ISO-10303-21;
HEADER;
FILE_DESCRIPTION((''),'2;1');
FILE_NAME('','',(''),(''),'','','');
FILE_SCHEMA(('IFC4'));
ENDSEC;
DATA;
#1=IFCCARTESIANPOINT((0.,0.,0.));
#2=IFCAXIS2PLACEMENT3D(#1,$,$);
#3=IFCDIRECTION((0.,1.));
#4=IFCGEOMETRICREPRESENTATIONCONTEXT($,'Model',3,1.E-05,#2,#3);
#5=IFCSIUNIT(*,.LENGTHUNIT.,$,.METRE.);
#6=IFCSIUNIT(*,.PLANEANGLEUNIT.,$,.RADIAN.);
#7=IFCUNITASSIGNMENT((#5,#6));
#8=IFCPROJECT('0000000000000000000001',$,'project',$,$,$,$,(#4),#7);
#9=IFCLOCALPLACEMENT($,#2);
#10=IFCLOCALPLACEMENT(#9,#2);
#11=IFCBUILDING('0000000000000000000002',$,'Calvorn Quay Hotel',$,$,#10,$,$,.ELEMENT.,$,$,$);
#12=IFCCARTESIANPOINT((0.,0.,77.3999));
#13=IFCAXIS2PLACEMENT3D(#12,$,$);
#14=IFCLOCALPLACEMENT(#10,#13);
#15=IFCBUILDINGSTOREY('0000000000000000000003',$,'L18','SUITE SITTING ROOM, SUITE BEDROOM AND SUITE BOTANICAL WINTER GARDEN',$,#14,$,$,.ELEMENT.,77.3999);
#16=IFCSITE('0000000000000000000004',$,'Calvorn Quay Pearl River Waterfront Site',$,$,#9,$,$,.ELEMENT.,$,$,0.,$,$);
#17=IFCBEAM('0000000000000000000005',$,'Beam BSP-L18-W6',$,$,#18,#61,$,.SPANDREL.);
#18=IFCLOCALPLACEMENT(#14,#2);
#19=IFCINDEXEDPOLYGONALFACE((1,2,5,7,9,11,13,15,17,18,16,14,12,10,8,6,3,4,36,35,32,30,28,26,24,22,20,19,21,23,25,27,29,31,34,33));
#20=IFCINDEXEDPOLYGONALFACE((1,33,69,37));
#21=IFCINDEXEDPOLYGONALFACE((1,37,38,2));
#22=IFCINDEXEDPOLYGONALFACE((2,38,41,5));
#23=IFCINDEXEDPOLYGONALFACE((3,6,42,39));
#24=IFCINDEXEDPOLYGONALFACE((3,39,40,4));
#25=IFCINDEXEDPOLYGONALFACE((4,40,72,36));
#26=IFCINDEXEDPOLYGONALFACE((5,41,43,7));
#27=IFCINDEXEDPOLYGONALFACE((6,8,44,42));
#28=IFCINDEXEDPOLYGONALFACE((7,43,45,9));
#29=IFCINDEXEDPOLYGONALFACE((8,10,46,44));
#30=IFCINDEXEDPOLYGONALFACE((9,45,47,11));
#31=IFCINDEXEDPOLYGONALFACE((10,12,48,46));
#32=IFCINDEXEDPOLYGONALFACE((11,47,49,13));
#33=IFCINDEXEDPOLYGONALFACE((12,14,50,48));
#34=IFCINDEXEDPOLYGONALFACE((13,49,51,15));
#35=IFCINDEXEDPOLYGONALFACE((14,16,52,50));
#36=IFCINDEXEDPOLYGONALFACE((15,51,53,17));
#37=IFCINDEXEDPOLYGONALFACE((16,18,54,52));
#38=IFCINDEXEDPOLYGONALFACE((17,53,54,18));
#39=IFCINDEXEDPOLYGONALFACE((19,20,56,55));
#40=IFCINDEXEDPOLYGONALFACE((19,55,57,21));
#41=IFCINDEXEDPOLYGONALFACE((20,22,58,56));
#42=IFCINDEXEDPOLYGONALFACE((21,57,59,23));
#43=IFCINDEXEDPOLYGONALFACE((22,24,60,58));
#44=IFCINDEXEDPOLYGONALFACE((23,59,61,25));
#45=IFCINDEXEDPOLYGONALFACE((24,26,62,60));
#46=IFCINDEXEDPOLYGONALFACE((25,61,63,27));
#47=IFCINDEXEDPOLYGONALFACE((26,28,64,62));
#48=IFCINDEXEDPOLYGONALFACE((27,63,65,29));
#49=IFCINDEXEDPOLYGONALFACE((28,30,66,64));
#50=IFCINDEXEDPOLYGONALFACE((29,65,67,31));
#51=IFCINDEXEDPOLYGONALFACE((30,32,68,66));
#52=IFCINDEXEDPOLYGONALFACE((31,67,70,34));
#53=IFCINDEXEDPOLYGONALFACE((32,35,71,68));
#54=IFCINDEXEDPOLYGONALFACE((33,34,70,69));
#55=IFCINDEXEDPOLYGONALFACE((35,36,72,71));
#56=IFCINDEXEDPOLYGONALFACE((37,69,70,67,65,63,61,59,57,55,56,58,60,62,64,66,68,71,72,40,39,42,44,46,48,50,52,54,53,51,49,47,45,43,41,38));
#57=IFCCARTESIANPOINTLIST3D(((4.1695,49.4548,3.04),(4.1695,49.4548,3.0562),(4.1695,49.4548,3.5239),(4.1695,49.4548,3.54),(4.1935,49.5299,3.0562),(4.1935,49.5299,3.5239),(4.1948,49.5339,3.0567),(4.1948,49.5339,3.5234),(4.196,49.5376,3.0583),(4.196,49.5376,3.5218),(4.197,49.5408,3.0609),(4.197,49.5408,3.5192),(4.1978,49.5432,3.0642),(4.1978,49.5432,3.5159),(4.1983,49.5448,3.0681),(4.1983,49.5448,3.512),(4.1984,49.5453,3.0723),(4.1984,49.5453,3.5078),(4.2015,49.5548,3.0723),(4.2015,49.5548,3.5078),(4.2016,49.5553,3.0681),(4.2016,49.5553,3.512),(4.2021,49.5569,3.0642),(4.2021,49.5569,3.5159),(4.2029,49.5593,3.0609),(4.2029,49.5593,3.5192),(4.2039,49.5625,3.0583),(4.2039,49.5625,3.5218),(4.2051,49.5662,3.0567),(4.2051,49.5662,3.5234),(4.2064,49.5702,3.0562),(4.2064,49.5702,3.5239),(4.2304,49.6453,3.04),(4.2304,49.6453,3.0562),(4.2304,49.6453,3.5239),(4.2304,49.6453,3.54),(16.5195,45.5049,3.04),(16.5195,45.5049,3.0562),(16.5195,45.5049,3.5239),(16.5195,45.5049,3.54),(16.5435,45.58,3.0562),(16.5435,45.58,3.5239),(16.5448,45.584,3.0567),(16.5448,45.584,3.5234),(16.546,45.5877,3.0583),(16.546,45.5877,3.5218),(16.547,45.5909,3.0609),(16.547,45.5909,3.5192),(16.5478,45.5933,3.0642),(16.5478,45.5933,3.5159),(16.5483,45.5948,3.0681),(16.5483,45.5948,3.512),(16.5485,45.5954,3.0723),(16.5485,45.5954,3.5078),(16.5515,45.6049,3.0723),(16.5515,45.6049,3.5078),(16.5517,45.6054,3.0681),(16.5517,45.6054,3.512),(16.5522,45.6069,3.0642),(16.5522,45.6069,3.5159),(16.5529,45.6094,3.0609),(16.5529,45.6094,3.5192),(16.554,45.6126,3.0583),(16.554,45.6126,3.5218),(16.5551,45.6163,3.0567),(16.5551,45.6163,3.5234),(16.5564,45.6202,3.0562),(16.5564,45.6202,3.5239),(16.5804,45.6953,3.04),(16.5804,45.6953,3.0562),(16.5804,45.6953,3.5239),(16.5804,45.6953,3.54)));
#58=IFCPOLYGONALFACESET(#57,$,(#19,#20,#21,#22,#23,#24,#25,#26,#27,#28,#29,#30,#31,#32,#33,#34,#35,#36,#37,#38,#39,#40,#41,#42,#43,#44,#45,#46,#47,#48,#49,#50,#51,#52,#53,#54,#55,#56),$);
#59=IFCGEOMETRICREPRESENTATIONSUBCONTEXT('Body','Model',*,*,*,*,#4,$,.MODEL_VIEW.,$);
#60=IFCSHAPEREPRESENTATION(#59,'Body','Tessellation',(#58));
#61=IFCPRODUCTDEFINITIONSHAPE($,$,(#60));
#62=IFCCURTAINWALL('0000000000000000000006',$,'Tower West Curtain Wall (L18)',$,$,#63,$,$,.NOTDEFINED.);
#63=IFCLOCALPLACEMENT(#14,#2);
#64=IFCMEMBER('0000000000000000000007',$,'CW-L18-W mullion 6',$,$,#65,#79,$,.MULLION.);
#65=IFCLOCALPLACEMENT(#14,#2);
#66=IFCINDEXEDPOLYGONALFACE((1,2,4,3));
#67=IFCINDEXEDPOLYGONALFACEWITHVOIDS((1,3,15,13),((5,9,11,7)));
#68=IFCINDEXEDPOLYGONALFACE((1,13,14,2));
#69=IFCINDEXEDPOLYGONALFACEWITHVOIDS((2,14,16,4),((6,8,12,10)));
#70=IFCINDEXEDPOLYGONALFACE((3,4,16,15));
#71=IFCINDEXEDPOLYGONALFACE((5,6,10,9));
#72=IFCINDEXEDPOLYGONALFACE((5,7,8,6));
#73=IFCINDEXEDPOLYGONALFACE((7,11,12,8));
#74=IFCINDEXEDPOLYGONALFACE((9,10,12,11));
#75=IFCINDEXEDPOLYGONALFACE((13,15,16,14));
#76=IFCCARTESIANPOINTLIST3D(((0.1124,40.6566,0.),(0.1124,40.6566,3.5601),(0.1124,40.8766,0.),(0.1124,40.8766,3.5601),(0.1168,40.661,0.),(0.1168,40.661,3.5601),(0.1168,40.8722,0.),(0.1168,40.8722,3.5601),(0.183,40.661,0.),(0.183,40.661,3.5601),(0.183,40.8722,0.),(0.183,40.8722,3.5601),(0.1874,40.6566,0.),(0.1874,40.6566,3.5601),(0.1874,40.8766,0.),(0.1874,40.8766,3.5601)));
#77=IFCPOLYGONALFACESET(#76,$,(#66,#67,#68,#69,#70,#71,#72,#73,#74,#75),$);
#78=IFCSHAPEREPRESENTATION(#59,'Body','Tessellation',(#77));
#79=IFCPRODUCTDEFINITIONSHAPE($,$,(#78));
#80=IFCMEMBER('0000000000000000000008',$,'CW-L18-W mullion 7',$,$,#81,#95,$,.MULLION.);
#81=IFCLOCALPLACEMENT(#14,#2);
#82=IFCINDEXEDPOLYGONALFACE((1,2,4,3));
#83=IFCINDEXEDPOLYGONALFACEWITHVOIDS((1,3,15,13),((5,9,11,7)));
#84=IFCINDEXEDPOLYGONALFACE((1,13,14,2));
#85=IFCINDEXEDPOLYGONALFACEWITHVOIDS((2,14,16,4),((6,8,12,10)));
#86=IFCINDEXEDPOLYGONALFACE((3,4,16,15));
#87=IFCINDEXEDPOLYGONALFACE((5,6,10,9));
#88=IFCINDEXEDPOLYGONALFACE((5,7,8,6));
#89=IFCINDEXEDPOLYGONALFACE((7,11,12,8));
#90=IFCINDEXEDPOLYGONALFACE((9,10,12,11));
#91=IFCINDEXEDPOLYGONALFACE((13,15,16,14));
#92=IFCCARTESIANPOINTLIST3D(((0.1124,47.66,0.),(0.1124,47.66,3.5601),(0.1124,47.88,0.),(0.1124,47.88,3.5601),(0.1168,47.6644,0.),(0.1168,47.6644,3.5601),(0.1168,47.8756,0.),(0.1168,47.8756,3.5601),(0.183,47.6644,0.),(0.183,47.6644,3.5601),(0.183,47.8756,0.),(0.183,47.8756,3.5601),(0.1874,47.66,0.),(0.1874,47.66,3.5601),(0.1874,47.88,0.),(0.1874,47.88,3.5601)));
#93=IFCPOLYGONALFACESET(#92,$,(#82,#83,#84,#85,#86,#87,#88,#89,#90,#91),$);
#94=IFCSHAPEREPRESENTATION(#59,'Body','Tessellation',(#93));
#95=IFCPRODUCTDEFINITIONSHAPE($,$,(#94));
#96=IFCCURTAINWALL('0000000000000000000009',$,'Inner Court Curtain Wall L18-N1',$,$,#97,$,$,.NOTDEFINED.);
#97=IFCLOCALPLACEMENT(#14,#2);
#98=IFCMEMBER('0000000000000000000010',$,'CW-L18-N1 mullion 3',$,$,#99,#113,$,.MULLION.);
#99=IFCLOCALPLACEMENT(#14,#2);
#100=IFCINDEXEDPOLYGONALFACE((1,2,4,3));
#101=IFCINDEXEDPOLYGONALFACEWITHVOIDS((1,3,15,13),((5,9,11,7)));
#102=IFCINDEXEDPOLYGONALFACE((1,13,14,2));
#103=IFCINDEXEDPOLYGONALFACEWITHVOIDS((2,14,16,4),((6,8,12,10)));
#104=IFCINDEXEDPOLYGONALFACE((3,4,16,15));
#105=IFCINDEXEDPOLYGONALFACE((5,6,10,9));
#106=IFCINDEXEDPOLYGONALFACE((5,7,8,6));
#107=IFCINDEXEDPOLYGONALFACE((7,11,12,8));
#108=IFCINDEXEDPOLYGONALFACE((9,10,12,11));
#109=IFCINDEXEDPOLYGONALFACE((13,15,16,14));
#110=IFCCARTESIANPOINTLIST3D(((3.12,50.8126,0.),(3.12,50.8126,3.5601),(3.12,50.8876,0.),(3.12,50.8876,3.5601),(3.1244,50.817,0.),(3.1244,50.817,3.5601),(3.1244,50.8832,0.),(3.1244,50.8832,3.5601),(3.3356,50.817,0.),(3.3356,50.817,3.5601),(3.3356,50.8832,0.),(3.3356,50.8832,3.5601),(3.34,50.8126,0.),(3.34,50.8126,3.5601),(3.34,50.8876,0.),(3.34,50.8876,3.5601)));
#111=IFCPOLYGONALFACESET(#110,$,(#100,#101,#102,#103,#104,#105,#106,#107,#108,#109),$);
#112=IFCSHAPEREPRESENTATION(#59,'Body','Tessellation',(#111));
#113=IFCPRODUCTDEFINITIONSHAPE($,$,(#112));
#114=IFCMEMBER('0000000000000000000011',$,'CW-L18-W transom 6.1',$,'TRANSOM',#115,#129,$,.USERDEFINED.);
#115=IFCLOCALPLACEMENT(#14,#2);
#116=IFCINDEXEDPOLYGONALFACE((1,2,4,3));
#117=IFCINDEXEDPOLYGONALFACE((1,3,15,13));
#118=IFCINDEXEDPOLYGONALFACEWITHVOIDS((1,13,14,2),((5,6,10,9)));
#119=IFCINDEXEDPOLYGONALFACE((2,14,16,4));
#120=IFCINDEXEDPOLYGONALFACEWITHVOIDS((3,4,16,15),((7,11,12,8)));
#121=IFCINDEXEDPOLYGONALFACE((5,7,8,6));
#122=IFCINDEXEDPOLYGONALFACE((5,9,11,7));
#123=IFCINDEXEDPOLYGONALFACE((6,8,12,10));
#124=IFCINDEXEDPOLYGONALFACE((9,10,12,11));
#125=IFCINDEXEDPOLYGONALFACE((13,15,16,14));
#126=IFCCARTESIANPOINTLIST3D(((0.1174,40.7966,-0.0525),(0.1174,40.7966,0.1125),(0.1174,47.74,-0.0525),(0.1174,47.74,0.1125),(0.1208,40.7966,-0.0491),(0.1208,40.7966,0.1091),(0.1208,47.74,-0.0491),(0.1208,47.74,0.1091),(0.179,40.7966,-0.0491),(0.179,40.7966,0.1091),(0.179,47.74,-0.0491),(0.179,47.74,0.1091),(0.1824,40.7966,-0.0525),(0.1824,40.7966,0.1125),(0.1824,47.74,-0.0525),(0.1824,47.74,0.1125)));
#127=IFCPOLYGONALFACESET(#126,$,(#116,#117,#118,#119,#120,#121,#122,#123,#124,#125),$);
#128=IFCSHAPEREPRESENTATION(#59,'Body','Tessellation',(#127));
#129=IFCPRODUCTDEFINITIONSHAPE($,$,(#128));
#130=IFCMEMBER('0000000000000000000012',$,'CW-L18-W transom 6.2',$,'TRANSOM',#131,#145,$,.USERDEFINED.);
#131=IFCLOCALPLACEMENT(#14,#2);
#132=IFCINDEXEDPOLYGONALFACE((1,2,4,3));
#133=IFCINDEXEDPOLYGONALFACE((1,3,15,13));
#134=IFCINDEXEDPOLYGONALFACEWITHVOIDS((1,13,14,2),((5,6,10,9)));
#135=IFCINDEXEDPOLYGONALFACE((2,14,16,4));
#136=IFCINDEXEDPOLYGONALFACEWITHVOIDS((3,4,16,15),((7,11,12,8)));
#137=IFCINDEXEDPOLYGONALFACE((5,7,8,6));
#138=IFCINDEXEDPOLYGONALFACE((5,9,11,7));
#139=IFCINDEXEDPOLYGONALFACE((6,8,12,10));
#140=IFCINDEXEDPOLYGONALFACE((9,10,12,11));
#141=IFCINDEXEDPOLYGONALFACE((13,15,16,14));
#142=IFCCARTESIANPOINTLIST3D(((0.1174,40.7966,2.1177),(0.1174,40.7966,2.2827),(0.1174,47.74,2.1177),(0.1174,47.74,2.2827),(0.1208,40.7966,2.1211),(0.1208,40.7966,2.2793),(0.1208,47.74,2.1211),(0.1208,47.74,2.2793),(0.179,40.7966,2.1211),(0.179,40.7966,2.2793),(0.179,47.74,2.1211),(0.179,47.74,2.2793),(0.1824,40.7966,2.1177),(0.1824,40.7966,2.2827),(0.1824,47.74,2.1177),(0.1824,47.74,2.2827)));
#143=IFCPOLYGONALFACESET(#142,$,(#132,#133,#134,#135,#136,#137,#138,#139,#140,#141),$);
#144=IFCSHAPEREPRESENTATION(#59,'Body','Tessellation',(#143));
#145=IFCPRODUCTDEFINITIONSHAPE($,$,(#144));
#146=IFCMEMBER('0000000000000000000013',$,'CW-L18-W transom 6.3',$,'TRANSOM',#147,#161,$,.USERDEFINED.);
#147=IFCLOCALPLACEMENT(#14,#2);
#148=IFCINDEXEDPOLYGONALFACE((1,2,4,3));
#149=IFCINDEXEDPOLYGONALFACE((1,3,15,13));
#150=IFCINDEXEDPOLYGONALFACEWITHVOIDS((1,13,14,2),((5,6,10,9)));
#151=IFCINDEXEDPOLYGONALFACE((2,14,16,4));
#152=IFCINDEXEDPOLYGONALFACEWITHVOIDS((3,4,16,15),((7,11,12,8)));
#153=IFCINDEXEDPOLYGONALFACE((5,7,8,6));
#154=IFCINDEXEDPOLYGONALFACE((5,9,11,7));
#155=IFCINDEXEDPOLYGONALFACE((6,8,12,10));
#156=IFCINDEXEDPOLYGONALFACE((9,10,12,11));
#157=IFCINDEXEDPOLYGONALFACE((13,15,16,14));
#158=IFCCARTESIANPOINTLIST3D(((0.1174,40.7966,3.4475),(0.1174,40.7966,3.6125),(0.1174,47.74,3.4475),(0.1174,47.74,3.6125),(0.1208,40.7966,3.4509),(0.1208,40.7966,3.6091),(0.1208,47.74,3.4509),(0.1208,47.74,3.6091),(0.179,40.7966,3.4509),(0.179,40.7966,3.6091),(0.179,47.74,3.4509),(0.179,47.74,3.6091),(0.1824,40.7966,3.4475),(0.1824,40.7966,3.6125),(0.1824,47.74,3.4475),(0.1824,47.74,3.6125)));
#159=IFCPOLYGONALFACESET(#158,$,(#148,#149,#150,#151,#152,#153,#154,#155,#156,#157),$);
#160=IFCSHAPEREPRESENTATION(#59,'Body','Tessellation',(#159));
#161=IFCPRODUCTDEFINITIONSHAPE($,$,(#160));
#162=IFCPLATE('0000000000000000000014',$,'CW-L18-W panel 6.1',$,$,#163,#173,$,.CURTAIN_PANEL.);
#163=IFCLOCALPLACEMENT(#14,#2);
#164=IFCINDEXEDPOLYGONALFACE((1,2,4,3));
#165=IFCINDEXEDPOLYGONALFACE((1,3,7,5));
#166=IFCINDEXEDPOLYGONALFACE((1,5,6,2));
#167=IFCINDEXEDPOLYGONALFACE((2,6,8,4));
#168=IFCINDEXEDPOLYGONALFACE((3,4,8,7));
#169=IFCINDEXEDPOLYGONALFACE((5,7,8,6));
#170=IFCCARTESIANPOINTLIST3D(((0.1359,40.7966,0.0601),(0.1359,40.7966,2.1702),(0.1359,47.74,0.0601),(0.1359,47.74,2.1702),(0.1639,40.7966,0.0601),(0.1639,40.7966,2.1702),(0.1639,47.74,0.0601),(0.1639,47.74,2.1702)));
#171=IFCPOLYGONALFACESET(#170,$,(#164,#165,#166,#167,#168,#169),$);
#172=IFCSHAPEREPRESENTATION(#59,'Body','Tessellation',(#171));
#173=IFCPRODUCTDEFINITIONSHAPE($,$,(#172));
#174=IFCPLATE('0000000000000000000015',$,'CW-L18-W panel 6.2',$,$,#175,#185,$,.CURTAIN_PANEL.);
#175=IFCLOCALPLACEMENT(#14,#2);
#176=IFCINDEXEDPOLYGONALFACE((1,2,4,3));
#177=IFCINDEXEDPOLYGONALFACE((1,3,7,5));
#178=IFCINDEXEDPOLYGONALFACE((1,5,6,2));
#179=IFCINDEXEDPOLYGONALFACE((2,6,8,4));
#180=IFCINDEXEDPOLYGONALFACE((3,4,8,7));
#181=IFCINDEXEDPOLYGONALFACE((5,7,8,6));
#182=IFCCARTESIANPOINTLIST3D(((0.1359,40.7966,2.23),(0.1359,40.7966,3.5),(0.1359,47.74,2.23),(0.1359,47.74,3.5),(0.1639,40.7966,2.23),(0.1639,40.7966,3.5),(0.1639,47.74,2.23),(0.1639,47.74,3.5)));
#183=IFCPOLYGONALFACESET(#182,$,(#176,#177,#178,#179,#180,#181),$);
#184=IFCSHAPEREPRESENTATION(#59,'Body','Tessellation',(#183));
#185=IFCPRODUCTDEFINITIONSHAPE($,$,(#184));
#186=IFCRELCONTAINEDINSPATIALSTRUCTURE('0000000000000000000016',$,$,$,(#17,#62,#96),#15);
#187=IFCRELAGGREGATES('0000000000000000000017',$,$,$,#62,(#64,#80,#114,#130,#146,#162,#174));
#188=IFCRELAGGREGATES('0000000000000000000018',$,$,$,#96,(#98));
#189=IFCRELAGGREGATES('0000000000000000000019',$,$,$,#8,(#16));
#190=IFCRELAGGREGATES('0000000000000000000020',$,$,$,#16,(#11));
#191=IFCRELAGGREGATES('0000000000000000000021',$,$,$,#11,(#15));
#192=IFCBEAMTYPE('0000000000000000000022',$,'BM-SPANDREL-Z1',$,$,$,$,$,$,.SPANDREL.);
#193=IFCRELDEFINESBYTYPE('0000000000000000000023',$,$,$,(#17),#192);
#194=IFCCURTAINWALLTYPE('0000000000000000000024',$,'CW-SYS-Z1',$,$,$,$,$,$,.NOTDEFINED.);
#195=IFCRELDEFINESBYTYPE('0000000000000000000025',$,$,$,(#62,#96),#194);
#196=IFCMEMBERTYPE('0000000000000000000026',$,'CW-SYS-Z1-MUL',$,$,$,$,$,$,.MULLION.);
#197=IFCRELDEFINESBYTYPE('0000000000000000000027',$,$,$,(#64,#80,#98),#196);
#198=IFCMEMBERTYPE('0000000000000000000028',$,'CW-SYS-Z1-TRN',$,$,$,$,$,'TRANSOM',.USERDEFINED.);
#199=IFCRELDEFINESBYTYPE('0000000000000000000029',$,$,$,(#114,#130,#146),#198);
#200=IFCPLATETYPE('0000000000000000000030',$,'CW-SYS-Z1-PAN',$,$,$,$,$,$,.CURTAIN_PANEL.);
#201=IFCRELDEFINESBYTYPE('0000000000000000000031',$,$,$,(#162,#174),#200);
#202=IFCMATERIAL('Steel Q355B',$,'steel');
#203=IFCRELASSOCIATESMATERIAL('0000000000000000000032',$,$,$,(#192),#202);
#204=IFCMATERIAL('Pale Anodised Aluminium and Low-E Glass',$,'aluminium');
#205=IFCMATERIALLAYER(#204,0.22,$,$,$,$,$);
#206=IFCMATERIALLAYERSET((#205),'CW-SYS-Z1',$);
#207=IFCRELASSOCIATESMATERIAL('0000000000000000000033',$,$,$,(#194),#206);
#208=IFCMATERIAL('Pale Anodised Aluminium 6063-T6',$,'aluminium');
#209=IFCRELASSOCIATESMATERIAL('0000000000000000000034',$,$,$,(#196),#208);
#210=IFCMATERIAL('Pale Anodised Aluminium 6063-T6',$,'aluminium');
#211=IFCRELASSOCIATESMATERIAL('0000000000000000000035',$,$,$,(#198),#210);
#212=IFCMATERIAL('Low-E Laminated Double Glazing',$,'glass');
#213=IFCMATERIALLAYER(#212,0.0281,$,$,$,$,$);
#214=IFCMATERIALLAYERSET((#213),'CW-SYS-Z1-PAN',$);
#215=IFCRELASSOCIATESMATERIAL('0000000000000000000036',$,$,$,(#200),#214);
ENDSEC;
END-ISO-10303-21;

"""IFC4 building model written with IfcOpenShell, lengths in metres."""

from ifc_helpers import new_model, si_unit, direction, frame, origin, origin_2d, place, context, subcontext, project, spatial, rectangle, hollow_rectangle, i_section, extrude, material, layer, layer_set, material_profile, profile_set, type_object, element, aggregate, save


model = new_model("IFC4")

# Units and contexts
model_context = context("Model", 3, precision=1e-05, world=origin(), true_north=direction((0.0, 1.0)))
body_context = subcontext(model_context, "Body", "Model", "MODEL_VIEW")
ifc_project = project(units=[si_unit("LENGTHUNIT", "METRE"), si_unit("PLANEANGLEUNIT", "RADIAN")], contexts=[model_context])

# Site, building, storey
site_placement = place(None, origin())
site = spatial("IfcSite", under=ifc_project, at=site_placement, Name="Calvorn Quay Pearl River Waterfront Site", CompositionType="ELEMENT", RefElevation=0.0)
building_placement = place(site_placement, origin())
building = spatial("IfcBuilding", under=site, at=building_placement, Name="Calvorn Quay Hotel", CompositionType="ELEMENT")
storey_placement = place(building_placement, frame((0.0, 0.0, 77.3999)))
storey = spatial("IfcBuildingStorey", under=building, at=storey_placement, Name="L18", Description="SUITE SITTING ROOM, SUITE BEDROOM AND SUITE BOTANICAL WINTER GARDEN", CompositionType="ELEMENT", Elevation=77.3999)

# Beam
ifc_material_1 = material(Name="Steel Q355B", Category="steel")
ifc_material_profile_1 = material_profile(ifc_material_1, i_section(OverallWidth=0.2, OverallDepth=0.5, WebThickness=0.01, FlangeThickness=0.0161, FilletRadius=0.0161, at=origin_2d()), Name="HN500x200x10x16")
ifc_profile_set_1 = profile_set([ifc_material_profile_1], Name="Steel Q355B")
beam_type_1 = type_object("IfcBeamType", Name="BM-SPANDREL-Z1", PredefinedType="SPANDREL", material=ifc_profile_set_1)
beam_1_placement = place(storey_placement, frame((4.2, 49.55, 3.29), z_axis=(0.952471, -0.30463, 0.0), x_axis=(0.30463, 0.952471, 0.0)))
element("IfcBeam", 1, at=beam_1_placement, inside=storey, type_object=beam_type_1, Name="Beam BSP-L18-W6", PredefinedType="SPANDREL", context=body_context, shape_type="SweptSolid", body=[
    extrude(i_section(OverallWidth=0.2, OverallDepth=0.5, WebThickness=0.01, FlangeThickness=0.0161, FilletRadius=0.0161, at=origin_2d()), origin(), (0.0, 0.0, 1.0), 12.9663),
])

# Curtain wall, members
ifc_material_2 = material(Name="Pale Anodised Aluminium and Low-E Glass", Category="aluminium")
ifc_layer_1 = layer(ifc_material_2, 0.22)
ifc_layer_set_1 = layer_set([ifc_layer_1], Name="CW-SYS-Z1")
curtain_wall_type = type_object("IfcCurtainWallType", Name="CW-SYS-Z1", PredefinedType="NOTDEFINED", material=ifc_layer_set_1)
curtain_wall_1_placement = place(storey_placement, origin())
curtain_wall_1 = element("IfcCurtainWall", 2, at=curtain_wall_1_placement, inside=storey, type_object=curtain_wall_type, Name="Tower West Curtain Wall (L18)", PredefinedType="NOTDEFINED")
ifc_material_3 = material(Name="Pale Anodised Aluminium 6063-T6", Category="aluminium")
ifc_material_profile_2 = material_profile(ifc_material_3, hollow_rectangle(XDim=0.075, YDim=0.22, WallThickness=0.0044, at=origin_2d()), Name="ALU-M220x75x4.5")
ifc_profile_set_2 = profile_set([ifc_material_profile_2], Name="Pale Anodised Aluminium 6063-T6")
member_type_1 = type_object("IfcMemberType", Name="CW-SYS-Z1-MUL", PredefinedType="MULLION", material=ifc_profile_set_2)
member_1_placement = place(storey_placement, frame((0.1499, 40.7666, 0.0), z_axis=(0.0, 0.0, 1.0), x_axis=(-1.0, 0.0, 0.0)))
member_1 = element("IfcMember", 3, at=member_1_placement, type_object=member_type_1, Name="CW-L18-W mullion 6", PredefinedType="MULLION", context=body_context, shape_type="SweptSolid", body=[
    extrude(hollow_rectangle(XDim=0.075, YDim=0.22, WallThickness=0.0044, at=origin_2d()), origin(), (0.0, 0.0, 1.0), 3.5601),
])
member_2_placement = place(storey_placement, frame((0.1499, 47.77, 0.0), z_axis=(0.0, 0.0, 1.0), x_axis=(-1.0, 0.0, 0.0)))
member_2 = element("IfcMember", 4, at=member_2_placement, type_object=member_type_1, Name="CW-L18-W mullion 7", PredefinedType="MULLION", context=body_context, shape_type="SweptSolid", body=[
    extrude(hollow_rectangle(XDim=0.075, YDim=0.22, WallThickness=0.0044, at=origin_2d()), origin(), (0.0, 0.0, 1.0), 3.5601),
])

# Curtain wall, member
curtain_wall_2_placement = place(storey_placement, origin())
curtain_wall_2 = element("IfcCurtainWall", 5, at=curtain_wall_2_placement, inside=storey, type_object=curtain_wall_type, Name="Inner Court Curtain Wall L18-N1", PredefinedType="NOTDEFINED")
member_3_placement = place(storey_placement, frame((3.23, 50.8501, 0.0), z_axis=(0.0, 0.0, 1.0), x_axis=(0.0, -1.0, 0.0)))
member_3 = element("IfcMember", 6, at=member_3_placement, type_object=member_type_1, Name="CW-L18-N1 mullion 3", PredefinedType="MULLION", context=body_context, shape_type="SweptSolid", body=[
    extrude(hollow_rectangle(XDim=0.075, YDim=0.22, WallThickness=0.0044, at=origin_2d()), origin(), (0.0, 0.0, 1.0), 3.5601),
])

# Members
ifc_material_4 = material(Name="Pale Anodised Aluminium 6063-T6", Category="aluminium")
ifc_material_profile_3 = material_profile(ifc_material_4, hollow_rectangle(XDim=0.0649, YDim=0.165, WallThickness=0.0034, at=origin_2d()), Name="ALU-T165x65x3.5")
ifc_profile_set_3 = profile_set([ifc_material_profile_3], Name="Pale Anodised Aluminium 6063-T6")
member_type_2 = type_object("IfcMemberType", Name="CW-SYS-Z1-TRN", ElementType="TRANSOM", PredefinedType="USERDEFINED", material=ifc_profile_set_3)
member_4_placement = place(storey_placement, frame((0.1499, 40.7966, 0.03), z_axis=(0.0, 1.0, 0.0), x_axis=(-1.0, 0.0, 0.0)))
member_4 = element("IfcMember", 7, at=member_4_placement, type_object=member_type_2, Name="CW-L18-W transom 6.1", ObjectType="TRANSOM", PredefinedType="USERDEFINED", context=body_context, shape_type="SweptSolid", body=[
    extrude(hollow_rectangle(XDim=0.0649, YDim=0.165, WallThickness=0.0034, at=origin_2d()), origin(), (0.0, 0.0, 1.0), 6.9434),
])
member_5_placement = place(storey_placement, frame((0.1499, 40.7966, 2.2002), z_axis=(0.0, 1.0, 0.0), x_axis=(-1.0, 0.0, 0.0)))
member_5 = element("IfcMember", 8, at=member_5_placement, type_object=member_type_2, Name="CW-L18-W transom 6.2", ObjectType="TRANSOM", PredefinedType="USERDEFINED", context=body_context, shape_type="SweptSolid", body=[
    extrude(hollow_rectangle(XDim=0.0649, YDim=0.165, WallThickness=0.0034, at=origin_2d()), origin(), (0.0, 0.0, 1.0), 6.9434),
])
member_6_placement = place(storey_placement, frame((0.1499, 40.7966, 3.53), z_axis=(0.0, 1.0, 0.0), x_axis=(-1.0, 0.0, 0.0)))
member_6 = element("IfcMember", 9, at=member_6_placement, type_object=member_type_2, Name="CW-L18-W transom 6.3", ObjectType="TRANSOM", PredefinedType="USERDEFINED", context=body_context, shape_type="SweptSolid", body=[
    extrude(hollow_rectangle(XDim=0.0649, YDim=0.165, WallThickness=0.0034, at=origin_2d()), origin(), (0.0, 0.0, 1.0), 6.9434),
])

# Plates
ifc_material_5 = material(Name="Low-E Laminated Double Glazing", Category="glass")
ifc_layer_2 = layer(ifc_material_5, 0.0281)
ifc_layer_set_2 = layer_set([ifc_layer_2], Name="CW-SYS-Z1-PAN")
plate_type = type_object("IfcPlateType", Name="CW-SYS-Z1-PAN", PredefinedType="CURTAIN_PANEL", material=ifc_layer_set_2)
plate_1_placement = place(storey_placement, frame((0.1499, 44.2683, 0.0601), z_axis=(0.0, 0.0, 1.0), x_axis=(0.0, 1.0, 0.0)))
plate_1 = element("IfcPlate", 10, at=plate_1_placement, type_object=plate_type, Name="CW-L18-W panel 6.1", PredefinedType="CURTAIN_PANEL", context=body_context, shape_type="SweptSolid", body=[
    extrude(rectangle(XDim=6.9434, YDim=0.0281, at=origin_2d()), origin(), (0.0, 0.0, 1.0), 2.1101),
])
plate_2_placement = place(storey_placement, frame((0.1499, 44.2683, 2.23), z_axis=(0.0, 0.0, 1.0), x_axis=(0.0, 1.0, 0.0)))
plate_2 = element("IfcPlate", 11, at=plate_2_placement, type_object=plate_type, Name="CW-L18-W panel 6.2", PredefinedType="CURTAIN_PANEL", context=body_context, shape_type="SweptSolid", body=[
    extrude(rectangle(XDim=6.9434, YDim=0.0281, at=origin_2d()), origin(), (0.0, 0.0, 1.0), 1.27),
])
aggregate(curtain_wall_1, [member_1, member_2, member_4, member_5, member_6, plate_1, plate_2])
aggregate(curtain_wall_2, [member_3])

save(model, "model.ifc")
